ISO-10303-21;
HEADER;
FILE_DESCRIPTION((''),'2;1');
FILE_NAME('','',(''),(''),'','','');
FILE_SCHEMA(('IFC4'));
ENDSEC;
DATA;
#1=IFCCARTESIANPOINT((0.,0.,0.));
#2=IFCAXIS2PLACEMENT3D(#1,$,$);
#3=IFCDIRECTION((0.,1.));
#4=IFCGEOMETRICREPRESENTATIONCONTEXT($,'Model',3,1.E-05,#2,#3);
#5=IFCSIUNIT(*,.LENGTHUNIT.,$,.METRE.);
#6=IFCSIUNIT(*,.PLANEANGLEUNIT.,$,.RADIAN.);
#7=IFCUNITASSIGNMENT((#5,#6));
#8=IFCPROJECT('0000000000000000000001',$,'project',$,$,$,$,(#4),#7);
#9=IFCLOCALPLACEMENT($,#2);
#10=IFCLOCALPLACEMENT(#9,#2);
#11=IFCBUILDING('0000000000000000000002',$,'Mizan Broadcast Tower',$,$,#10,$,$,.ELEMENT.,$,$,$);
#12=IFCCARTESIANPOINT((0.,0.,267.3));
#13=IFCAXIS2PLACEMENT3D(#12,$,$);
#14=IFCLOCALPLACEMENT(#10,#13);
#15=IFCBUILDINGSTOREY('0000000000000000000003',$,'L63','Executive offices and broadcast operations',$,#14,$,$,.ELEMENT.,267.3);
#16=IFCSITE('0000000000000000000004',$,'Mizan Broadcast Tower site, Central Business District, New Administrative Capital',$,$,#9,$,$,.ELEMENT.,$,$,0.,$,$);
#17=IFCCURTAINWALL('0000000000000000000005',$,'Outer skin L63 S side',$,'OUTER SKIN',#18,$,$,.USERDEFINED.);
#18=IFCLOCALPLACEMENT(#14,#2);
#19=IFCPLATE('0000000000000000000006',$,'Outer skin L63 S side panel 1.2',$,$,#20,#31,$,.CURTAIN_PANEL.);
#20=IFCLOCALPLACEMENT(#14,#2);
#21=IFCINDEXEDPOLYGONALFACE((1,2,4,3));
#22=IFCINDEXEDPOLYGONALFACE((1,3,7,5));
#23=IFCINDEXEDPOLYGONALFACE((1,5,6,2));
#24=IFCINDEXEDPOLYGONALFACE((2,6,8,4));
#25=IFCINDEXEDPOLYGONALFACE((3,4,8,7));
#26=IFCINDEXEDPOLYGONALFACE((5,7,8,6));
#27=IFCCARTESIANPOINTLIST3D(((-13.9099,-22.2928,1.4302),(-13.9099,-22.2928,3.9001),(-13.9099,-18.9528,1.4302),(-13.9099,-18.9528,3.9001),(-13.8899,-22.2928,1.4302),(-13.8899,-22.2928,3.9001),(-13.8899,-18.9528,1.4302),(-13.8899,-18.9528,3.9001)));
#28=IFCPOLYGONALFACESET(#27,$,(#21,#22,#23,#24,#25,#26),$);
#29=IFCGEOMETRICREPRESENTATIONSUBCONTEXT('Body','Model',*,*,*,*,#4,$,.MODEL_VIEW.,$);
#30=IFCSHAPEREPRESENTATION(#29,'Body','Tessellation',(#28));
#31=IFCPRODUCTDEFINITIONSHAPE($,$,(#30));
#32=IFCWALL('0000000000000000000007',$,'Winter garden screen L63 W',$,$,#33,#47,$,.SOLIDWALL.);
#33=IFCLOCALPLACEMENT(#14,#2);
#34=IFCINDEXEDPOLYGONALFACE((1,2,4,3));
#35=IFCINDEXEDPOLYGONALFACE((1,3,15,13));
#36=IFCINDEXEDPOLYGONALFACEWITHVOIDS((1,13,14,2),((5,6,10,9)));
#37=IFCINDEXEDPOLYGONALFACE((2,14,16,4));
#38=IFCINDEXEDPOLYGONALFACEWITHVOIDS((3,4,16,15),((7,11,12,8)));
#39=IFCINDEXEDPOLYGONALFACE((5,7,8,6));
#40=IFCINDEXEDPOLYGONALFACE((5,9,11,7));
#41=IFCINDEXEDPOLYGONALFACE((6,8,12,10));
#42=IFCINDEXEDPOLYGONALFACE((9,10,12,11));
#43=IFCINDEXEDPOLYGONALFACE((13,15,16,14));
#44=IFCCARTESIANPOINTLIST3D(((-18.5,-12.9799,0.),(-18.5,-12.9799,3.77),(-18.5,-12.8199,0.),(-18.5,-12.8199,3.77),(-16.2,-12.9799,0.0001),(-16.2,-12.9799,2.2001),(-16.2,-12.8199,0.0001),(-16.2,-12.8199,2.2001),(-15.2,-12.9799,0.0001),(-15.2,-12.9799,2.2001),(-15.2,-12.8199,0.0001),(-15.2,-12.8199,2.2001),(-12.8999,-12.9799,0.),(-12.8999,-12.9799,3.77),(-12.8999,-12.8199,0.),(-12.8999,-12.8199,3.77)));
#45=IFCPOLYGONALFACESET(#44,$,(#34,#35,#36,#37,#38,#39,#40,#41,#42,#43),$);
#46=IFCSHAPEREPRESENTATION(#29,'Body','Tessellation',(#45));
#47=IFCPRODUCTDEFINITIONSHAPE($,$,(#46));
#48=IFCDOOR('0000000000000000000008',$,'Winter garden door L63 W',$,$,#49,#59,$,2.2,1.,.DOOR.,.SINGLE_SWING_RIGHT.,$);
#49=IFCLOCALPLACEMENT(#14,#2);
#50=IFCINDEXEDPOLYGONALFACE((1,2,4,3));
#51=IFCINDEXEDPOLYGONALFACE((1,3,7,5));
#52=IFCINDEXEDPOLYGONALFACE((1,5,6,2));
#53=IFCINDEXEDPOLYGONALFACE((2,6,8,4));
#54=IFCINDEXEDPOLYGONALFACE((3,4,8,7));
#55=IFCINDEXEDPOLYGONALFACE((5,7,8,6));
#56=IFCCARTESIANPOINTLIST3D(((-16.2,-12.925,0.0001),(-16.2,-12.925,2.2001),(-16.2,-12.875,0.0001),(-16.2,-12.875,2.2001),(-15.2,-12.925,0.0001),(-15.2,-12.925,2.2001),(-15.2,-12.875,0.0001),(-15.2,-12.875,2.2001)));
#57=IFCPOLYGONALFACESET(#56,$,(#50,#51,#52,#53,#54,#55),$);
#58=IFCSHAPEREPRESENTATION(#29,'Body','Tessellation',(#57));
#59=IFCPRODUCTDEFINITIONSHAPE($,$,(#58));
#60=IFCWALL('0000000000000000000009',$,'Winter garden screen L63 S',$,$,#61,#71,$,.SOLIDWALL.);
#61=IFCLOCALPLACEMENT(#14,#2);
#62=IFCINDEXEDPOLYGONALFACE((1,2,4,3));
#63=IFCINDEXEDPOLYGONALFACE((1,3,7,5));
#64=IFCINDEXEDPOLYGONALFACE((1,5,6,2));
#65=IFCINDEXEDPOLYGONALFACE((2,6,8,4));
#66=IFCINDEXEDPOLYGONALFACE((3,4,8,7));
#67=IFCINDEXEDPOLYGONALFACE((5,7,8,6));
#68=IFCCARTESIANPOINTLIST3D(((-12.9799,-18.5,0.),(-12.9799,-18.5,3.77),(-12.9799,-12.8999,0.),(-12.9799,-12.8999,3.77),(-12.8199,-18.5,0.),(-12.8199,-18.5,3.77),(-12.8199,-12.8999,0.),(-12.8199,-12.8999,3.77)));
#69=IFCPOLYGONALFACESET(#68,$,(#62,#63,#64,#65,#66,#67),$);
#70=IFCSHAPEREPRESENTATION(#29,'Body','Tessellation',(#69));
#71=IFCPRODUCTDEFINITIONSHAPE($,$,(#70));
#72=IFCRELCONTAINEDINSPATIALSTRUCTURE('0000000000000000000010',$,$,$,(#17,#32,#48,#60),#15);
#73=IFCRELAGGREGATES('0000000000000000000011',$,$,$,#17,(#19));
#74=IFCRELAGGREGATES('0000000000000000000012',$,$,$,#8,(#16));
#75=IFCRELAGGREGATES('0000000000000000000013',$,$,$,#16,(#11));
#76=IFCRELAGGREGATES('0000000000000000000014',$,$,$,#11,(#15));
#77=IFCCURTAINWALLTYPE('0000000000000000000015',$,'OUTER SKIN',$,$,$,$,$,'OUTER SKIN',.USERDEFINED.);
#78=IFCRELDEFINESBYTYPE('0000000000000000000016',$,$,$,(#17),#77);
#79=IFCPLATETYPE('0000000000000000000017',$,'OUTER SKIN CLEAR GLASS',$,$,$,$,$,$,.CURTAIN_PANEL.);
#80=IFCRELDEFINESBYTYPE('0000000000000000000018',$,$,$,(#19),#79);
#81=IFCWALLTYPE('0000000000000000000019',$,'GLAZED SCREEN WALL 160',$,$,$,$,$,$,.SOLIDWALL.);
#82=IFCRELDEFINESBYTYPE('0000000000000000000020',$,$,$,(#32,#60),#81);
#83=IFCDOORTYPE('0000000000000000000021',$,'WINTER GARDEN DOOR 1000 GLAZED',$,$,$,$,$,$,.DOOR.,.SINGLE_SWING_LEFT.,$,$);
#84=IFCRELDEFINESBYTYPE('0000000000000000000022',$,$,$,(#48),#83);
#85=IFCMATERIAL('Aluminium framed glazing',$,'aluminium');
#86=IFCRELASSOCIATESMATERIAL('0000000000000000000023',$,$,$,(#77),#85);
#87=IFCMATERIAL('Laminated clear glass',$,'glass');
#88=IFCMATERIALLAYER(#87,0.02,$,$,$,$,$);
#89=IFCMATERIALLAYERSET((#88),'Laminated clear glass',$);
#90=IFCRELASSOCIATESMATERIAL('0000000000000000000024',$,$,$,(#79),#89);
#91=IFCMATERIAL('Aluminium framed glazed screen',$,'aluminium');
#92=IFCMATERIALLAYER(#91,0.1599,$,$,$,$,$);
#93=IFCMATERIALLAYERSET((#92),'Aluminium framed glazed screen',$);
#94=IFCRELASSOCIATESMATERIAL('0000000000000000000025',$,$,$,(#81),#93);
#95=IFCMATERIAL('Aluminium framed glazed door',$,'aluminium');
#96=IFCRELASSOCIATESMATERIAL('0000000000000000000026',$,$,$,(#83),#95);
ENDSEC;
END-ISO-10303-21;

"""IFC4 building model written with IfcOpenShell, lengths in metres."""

from ifc_helpers import new_model, si_unit, direction, frame, frame_2d, origin, origin_2d, place, context, subcontext, project, spatial, rectangle, extrude, material, layer, layer_set, type_object, element, fill, aggregate, save


model = new_model("IFC4")

# Units and contexts
model_context = context("Model", 3, precision=1e-05, world=origin(), true_north=direction((0.0, 1.0)))
body_context = subcontext(model_context, "Body", "Model", "MODEL_VIEW")
ifc_project = project(units=[si_unit("LENGTHUNIT", "METRE"), si_unit("PLANEANGLEUNIT", "RADIAN")], contexts=[model_context])

# Site, building, storey
site_placement = place(None, origin())
site = spatial("IfcSite", under=ifc_project, at=site_placement, Name="Mizan Broadcast Tower site, Central Business District, New Administrative Capital", CompositionType="ELEMENT", RefElevation=0.0)
building_placement = place(site_placement, origin())
building = spatial("IfcBuilding", under=site, at=building_placement, Name="Mizan Broadcast Tower", CompositionType="ELEMENT")
storey_placement = place(building_placement, frame((0.0, 0.0, 267.3)))
storey = spatial("IfcBuildingStorey", under=building, at=storey_placement, Name="L63", Description="Executive offices and broadcast operations", CompositionType="ELEMENT", Elevation=267.3)

# Curtain wall
ifc_material_1 = material(Name="Aluminium framed glazing", Category="aluminium")
curtain_wall_type_1 = type_object("IfcCurtainWallType", Name="OUTER SKIN", ElementType="OUTER SKIN", PredefinedType="USERDEFINED", material=ifc_material_1)
curtain_wall_1_placement = place(storey_placement, origin())
curtain_wall_1 = element("IfcCurtainWall", 1, at=curtain_wall_1_placement, inside=storey, type_object=curtain_wall_type_1, Name="Outer skin L63 S side", ObjectType="OUTER SKIN", PredefinedType="USERDEFINED")

# Plate
ifc_material_2 = material(Name="Laminated clear glass", Category="glass")
ifc_layer_1 = layer(ifc_material_2, 0.02)
ifc_layer_set_1 = layer_set([ifc_layer_1], Name="Laminated clear glass")
plate_type_1 = type_object("IfcPlateType", Name="OUTER SKIN CLEAR GLASS", PredefinedType="CURTAIN_PANEL", material=ifc_layer_set_1)
plate_1_placement = place(storey_placement, frame((-13.8999, -20.6228, 1.4302), z_axis=(0.0, 0.0, 1.0), x_axis=(0.0, -1.0, 0.0)))
plate_1 = element("IfcPlate", 2, at=plate_1_placement, type_object=plate_type_1, Name="Outer skin L63 S side panel 1.2", PredefinedType="CURTAIN_PANEL", context=body_context, shape_type="SweptSolid", body=[
    extrude(rectangle(XDim=3.3401, YDim=0.02, at=origin_2d()), origin(), (0.0, 0.0, 1.0), 2.47),
])
aggregate(curtain_wall_1, [plate_1])

# Wall, opening, door
ifc_material_3 = material(Name="Aluminium framed glazed screen", Category="aluminium")
ifc_layer_2 = layer(ifc_material_3, 0.1599)
ifc_layer_set_2 = layer_set([ifc_layer_2], Name="Aluminium framed glazed screen")
wall_type = type_object("IfcWallType", Name="GLAZED SCREEN WALL 160", PredefinedType="SOLIDWALL", material=ifc_layer_set_2)
wall_1_placement = place(storey_placement, frame((-18.5, -12.8999, 0.0), z_axis=(0.0, 0.0, 1.0), x_axis=(1.0, 0.0, 0.0)))
wall_1 = element("IfcWall", 3, at=wall_1_placement, inside=storey, type_object=wall_type, Name="Winter garden screen L63 W", PredefinedType="SOLIDWALL", context=body_context, shape_type="SweptSolid", body=[
    extrude(rectangle(XDim=5.6001, YDim=0.1599, at=frame_2d((2.8, 0.0))), origin(), (0.0, 0.0, 1.0), 3.77),
])
opening_placement = place(wall_1_placement, frame((2.3, 0.0, 0.0)))
opening = element("IfcOpeningElement", 4, at=opening_placement, cuts=wall_1, PredefinedType="OPENING", context=body_context, shape_type="SweptSolid", body=[
    extrude(rectangle(XDim=1.0, YDim=2.2, at=frame_2d((0.5, 1.1001))), frame((0.0, 0.0898, 0.0), z_axis=(0.0, -1.0, 0.0), x_axis=(1.0, 0.0, 0.0)), (0.0, 0.0, 1.0), 0.1799),
])
ifc_material_4 = material(Name="Aluminium framed glazed door", Category="aluminium")
door_type = type_object("IfcDoorType", Name="WINTER GARDEN DOOR 1000 GLAZED", OperationType="SINGLE_SWING_LEFT", PredefinedType="DOOR", material=ifc_material_4)
door_placement = place(opening_placement, origin())
door = element("IfcDoor", 5, at=door_placement, inside=storey, type_object=door_type, Name="Winter garden door L63 W", OperationType="SINGLE_SWING_RIGHT", OverallHeight=2.2, OverallWidth=1.0, PredefinedType="DOOR", context=body_context, shape_type="SweptSolid", body=[
    extrude(rectangle(XDim=1.0, YDim=2.2, at=frame_2d((0.5, 1.1001))), frame((0.0, 0.0249, 0.0), z_axis=(0.0, -1.0, 0.0), x_axis=(1.0, 0.0, 0.0)), (0.0, 0.0, 1.0), 0.05),
])
fill(opening, door)

# Wall
wall_2_placement = place(storey_placement, frame((-12.8999, -12.8999, 0.0), z_axis=(0.0, 0.0, 1.0), x_axis=(0.0, -1.0, 0.0)))
element("IfcWall", 6, at=wall_2_placement, inside=storey, type_object=wall_type, Name="Winter garden screen L63 S", PredefinedType="SOLIDWALL", context=body_context, shape_type="SweptSolid", body=[
    extrude(rectangle(XDim=5.6001, YDim=0.1599, at=frame_2d((2.8, 0.0))), origin(), (0.0, 0.0, 1.0), 3.77),
])

save(model, "model.ifc")
